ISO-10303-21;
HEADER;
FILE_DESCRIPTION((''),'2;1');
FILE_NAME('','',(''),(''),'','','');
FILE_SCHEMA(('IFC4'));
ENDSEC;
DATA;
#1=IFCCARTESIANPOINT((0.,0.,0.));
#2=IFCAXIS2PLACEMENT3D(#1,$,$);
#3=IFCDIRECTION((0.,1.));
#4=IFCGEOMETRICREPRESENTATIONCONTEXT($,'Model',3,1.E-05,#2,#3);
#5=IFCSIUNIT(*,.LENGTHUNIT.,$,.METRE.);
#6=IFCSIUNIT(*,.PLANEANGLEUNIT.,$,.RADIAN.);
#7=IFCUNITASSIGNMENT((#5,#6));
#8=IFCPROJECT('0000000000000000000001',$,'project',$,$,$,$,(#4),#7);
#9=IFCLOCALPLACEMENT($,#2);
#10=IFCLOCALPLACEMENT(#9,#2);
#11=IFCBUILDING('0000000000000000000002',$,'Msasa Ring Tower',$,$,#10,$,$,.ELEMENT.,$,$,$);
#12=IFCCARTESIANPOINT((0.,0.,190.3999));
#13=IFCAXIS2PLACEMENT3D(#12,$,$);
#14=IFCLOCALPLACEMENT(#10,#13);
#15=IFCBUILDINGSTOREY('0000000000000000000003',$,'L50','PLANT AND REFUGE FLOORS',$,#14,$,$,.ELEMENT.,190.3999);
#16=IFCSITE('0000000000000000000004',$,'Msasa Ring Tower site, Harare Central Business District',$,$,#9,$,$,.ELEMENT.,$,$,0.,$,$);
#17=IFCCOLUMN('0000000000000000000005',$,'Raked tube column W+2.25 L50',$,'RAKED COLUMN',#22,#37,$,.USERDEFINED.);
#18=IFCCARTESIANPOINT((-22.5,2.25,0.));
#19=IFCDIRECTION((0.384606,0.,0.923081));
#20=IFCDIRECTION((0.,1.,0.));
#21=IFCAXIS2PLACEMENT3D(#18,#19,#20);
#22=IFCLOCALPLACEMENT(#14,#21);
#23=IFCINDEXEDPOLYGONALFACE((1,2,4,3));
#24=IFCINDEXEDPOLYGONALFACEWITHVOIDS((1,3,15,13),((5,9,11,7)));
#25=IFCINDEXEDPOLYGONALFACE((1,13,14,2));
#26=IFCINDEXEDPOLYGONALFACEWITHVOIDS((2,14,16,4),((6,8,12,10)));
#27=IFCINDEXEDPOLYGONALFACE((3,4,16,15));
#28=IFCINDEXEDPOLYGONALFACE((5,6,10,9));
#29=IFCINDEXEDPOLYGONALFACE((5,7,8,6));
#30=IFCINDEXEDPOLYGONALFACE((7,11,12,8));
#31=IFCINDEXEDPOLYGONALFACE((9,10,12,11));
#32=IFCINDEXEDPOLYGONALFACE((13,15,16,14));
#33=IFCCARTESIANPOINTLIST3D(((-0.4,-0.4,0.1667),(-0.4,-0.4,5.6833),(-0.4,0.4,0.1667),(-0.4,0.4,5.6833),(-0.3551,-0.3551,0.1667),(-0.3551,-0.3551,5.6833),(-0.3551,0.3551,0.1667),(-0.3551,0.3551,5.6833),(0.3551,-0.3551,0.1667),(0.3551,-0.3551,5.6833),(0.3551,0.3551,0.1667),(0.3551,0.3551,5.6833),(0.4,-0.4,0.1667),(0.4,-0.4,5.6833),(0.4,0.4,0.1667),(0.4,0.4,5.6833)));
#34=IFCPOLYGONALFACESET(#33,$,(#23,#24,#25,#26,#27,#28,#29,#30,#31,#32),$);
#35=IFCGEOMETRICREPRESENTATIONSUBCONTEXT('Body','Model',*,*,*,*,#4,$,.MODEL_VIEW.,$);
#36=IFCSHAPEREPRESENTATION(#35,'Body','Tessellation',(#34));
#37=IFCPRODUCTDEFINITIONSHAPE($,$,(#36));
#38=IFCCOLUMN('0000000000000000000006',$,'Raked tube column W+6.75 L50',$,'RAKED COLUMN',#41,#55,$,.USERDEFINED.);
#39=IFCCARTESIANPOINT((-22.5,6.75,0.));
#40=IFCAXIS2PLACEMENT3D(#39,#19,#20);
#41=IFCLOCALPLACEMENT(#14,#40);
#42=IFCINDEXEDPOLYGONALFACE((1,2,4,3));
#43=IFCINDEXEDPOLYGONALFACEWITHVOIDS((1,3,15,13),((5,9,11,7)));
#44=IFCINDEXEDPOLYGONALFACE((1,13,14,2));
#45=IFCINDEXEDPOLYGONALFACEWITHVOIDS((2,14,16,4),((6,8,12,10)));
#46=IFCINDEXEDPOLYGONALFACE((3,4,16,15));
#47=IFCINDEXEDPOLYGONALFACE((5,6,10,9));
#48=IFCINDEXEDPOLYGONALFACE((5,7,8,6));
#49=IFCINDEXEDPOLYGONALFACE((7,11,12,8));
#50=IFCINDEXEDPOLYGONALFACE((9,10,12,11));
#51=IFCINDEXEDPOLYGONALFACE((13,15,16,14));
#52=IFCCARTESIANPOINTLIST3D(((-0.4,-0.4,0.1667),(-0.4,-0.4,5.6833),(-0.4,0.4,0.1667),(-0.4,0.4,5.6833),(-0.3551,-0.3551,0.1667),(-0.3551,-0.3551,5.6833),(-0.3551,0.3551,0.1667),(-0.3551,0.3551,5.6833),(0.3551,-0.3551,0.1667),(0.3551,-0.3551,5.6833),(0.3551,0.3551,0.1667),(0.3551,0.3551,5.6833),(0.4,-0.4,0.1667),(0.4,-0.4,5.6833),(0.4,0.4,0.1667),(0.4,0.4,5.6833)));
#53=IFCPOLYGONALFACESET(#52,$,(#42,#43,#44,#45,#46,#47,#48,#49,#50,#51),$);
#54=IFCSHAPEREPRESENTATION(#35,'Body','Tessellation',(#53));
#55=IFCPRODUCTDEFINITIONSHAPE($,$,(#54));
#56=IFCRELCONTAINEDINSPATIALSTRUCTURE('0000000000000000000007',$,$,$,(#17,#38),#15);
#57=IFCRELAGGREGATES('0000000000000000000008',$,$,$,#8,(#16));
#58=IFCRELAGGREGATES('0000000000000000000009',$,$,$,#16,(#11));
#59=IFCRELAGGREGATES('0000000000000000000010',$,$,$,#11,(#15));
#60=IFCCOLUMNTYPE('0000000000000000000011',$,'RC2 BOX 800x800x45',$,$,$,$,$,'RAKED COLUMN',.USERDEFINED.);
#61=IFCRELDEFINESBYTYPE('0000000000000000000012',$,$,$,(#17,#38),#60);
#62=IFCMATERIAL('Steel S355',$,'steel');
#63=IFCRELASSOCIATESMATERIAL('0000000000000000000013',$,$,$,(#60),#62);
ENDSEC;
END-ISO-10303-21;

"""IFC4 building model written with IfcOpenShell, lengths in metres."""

from ifc_helpers import new_model, si_unit, direction, frame, origin, origin_2d, place, context, subcontext, project, spatial, hollow_rectangle, extrude, clip, halfspace, material, material_profile, profile_set, type_object, element, save


model = new_model("IFC4")

# Units and contexts
model_context = context("Model", 3, precision=1e-05, world=origin(), true_north=direction((0.0, 1.0)))
body_context = subcontext(model_context, "Body", "Model", "MODEL_VIEW")
ifc_project = project(units=[si_unit("LENGTHUNIT", "METRE"), si_unit("PLANEANGLEUNIT", "RADIAN")], contexts=[model_context])

# Site, building, storey
site_placement = place(None, origin())
site = spatial("IfcSite", under=ifc_project, at=site_placement, Name="Msasa Ring Tower site, Harare Central Business District", CompositionType="ELEMENT", RefElevation=0.0)
building_placement = place(site_placement, origin())
building = spatial("IfcBuilding", under=site, at=building_placement, Name="Msasa Ring Tower", CompositionType="ELEMENT")
storey_placement = place(building_placement, frame((0.0, 0.0, 190.3999)))
storey = spatial("IfcBuildingStorey", under=building, at=storey_placement, Name="L50", Description="PLANT AND REFUGE FLOORS", CompositionType="ELEMENT", Elevation=190.3999)

# Columns
ifc_material_1 = material(Name="Steel S355", Category="steel")
ifc_material_profile_1 = material_profile(ifc_material_1, hollow_rectangle(XDim=0.8, YDim=0.8, WallThickness=0.0449, at=origin_2d()), Name="BOX 800x800x45")
ifc_profile_set_1 = profile_set([ifc_material_profile_1], Name="Steel S355")
column_type = type_object("IfcColumnType", Name="RC2 BOX 800x800x45", ElementType="RAKED COLUMN", PredefinedType="USERDEFINED", material=ifc_profile_set_1)
for number, where, z_axis, x_axis, name in (
    (1, (-22.5, 2.25, 0.0), (0.384606, 0.0, 0.923081), (0.0, 1.0, 0.0), "Raked tube column W+2.25 L50"),
    (2, (-22.5, 6.75, 0.0), (0.384606, 0.0, 0.923081), (0.0, 1.0, 0.0), "Raked tube column W+6.75 L50"),
):
    element("IfcColumn", number, at=place(storey_placement, frame(where, z_axis=z_axis, x_axis=x_axis)), inside=storey, type_object=column_type, Name=name, ObjectType="RAKED COLUMN", PredefinedType="USERDEFINED", context=body_context, shape_type="Clipping", body=[
        clip(clip(extrude(hollow_rectangle(XDim=0.8, YDim=0.8, WallThickness=0.0449, at=origin_2d()), origin(), (0.0, 0.0, 1.0), 5.8501), halfspace(frame((0.0, 0.0, 0.1667), z_axis=(0.0, 0.0, 1.0)), True)), halfspace(frame((0.0, 0.0, 5.6833), z_axis=(0.0, 0.0, -1.0)), True)),
    ])

save(model, "model.ifc")
